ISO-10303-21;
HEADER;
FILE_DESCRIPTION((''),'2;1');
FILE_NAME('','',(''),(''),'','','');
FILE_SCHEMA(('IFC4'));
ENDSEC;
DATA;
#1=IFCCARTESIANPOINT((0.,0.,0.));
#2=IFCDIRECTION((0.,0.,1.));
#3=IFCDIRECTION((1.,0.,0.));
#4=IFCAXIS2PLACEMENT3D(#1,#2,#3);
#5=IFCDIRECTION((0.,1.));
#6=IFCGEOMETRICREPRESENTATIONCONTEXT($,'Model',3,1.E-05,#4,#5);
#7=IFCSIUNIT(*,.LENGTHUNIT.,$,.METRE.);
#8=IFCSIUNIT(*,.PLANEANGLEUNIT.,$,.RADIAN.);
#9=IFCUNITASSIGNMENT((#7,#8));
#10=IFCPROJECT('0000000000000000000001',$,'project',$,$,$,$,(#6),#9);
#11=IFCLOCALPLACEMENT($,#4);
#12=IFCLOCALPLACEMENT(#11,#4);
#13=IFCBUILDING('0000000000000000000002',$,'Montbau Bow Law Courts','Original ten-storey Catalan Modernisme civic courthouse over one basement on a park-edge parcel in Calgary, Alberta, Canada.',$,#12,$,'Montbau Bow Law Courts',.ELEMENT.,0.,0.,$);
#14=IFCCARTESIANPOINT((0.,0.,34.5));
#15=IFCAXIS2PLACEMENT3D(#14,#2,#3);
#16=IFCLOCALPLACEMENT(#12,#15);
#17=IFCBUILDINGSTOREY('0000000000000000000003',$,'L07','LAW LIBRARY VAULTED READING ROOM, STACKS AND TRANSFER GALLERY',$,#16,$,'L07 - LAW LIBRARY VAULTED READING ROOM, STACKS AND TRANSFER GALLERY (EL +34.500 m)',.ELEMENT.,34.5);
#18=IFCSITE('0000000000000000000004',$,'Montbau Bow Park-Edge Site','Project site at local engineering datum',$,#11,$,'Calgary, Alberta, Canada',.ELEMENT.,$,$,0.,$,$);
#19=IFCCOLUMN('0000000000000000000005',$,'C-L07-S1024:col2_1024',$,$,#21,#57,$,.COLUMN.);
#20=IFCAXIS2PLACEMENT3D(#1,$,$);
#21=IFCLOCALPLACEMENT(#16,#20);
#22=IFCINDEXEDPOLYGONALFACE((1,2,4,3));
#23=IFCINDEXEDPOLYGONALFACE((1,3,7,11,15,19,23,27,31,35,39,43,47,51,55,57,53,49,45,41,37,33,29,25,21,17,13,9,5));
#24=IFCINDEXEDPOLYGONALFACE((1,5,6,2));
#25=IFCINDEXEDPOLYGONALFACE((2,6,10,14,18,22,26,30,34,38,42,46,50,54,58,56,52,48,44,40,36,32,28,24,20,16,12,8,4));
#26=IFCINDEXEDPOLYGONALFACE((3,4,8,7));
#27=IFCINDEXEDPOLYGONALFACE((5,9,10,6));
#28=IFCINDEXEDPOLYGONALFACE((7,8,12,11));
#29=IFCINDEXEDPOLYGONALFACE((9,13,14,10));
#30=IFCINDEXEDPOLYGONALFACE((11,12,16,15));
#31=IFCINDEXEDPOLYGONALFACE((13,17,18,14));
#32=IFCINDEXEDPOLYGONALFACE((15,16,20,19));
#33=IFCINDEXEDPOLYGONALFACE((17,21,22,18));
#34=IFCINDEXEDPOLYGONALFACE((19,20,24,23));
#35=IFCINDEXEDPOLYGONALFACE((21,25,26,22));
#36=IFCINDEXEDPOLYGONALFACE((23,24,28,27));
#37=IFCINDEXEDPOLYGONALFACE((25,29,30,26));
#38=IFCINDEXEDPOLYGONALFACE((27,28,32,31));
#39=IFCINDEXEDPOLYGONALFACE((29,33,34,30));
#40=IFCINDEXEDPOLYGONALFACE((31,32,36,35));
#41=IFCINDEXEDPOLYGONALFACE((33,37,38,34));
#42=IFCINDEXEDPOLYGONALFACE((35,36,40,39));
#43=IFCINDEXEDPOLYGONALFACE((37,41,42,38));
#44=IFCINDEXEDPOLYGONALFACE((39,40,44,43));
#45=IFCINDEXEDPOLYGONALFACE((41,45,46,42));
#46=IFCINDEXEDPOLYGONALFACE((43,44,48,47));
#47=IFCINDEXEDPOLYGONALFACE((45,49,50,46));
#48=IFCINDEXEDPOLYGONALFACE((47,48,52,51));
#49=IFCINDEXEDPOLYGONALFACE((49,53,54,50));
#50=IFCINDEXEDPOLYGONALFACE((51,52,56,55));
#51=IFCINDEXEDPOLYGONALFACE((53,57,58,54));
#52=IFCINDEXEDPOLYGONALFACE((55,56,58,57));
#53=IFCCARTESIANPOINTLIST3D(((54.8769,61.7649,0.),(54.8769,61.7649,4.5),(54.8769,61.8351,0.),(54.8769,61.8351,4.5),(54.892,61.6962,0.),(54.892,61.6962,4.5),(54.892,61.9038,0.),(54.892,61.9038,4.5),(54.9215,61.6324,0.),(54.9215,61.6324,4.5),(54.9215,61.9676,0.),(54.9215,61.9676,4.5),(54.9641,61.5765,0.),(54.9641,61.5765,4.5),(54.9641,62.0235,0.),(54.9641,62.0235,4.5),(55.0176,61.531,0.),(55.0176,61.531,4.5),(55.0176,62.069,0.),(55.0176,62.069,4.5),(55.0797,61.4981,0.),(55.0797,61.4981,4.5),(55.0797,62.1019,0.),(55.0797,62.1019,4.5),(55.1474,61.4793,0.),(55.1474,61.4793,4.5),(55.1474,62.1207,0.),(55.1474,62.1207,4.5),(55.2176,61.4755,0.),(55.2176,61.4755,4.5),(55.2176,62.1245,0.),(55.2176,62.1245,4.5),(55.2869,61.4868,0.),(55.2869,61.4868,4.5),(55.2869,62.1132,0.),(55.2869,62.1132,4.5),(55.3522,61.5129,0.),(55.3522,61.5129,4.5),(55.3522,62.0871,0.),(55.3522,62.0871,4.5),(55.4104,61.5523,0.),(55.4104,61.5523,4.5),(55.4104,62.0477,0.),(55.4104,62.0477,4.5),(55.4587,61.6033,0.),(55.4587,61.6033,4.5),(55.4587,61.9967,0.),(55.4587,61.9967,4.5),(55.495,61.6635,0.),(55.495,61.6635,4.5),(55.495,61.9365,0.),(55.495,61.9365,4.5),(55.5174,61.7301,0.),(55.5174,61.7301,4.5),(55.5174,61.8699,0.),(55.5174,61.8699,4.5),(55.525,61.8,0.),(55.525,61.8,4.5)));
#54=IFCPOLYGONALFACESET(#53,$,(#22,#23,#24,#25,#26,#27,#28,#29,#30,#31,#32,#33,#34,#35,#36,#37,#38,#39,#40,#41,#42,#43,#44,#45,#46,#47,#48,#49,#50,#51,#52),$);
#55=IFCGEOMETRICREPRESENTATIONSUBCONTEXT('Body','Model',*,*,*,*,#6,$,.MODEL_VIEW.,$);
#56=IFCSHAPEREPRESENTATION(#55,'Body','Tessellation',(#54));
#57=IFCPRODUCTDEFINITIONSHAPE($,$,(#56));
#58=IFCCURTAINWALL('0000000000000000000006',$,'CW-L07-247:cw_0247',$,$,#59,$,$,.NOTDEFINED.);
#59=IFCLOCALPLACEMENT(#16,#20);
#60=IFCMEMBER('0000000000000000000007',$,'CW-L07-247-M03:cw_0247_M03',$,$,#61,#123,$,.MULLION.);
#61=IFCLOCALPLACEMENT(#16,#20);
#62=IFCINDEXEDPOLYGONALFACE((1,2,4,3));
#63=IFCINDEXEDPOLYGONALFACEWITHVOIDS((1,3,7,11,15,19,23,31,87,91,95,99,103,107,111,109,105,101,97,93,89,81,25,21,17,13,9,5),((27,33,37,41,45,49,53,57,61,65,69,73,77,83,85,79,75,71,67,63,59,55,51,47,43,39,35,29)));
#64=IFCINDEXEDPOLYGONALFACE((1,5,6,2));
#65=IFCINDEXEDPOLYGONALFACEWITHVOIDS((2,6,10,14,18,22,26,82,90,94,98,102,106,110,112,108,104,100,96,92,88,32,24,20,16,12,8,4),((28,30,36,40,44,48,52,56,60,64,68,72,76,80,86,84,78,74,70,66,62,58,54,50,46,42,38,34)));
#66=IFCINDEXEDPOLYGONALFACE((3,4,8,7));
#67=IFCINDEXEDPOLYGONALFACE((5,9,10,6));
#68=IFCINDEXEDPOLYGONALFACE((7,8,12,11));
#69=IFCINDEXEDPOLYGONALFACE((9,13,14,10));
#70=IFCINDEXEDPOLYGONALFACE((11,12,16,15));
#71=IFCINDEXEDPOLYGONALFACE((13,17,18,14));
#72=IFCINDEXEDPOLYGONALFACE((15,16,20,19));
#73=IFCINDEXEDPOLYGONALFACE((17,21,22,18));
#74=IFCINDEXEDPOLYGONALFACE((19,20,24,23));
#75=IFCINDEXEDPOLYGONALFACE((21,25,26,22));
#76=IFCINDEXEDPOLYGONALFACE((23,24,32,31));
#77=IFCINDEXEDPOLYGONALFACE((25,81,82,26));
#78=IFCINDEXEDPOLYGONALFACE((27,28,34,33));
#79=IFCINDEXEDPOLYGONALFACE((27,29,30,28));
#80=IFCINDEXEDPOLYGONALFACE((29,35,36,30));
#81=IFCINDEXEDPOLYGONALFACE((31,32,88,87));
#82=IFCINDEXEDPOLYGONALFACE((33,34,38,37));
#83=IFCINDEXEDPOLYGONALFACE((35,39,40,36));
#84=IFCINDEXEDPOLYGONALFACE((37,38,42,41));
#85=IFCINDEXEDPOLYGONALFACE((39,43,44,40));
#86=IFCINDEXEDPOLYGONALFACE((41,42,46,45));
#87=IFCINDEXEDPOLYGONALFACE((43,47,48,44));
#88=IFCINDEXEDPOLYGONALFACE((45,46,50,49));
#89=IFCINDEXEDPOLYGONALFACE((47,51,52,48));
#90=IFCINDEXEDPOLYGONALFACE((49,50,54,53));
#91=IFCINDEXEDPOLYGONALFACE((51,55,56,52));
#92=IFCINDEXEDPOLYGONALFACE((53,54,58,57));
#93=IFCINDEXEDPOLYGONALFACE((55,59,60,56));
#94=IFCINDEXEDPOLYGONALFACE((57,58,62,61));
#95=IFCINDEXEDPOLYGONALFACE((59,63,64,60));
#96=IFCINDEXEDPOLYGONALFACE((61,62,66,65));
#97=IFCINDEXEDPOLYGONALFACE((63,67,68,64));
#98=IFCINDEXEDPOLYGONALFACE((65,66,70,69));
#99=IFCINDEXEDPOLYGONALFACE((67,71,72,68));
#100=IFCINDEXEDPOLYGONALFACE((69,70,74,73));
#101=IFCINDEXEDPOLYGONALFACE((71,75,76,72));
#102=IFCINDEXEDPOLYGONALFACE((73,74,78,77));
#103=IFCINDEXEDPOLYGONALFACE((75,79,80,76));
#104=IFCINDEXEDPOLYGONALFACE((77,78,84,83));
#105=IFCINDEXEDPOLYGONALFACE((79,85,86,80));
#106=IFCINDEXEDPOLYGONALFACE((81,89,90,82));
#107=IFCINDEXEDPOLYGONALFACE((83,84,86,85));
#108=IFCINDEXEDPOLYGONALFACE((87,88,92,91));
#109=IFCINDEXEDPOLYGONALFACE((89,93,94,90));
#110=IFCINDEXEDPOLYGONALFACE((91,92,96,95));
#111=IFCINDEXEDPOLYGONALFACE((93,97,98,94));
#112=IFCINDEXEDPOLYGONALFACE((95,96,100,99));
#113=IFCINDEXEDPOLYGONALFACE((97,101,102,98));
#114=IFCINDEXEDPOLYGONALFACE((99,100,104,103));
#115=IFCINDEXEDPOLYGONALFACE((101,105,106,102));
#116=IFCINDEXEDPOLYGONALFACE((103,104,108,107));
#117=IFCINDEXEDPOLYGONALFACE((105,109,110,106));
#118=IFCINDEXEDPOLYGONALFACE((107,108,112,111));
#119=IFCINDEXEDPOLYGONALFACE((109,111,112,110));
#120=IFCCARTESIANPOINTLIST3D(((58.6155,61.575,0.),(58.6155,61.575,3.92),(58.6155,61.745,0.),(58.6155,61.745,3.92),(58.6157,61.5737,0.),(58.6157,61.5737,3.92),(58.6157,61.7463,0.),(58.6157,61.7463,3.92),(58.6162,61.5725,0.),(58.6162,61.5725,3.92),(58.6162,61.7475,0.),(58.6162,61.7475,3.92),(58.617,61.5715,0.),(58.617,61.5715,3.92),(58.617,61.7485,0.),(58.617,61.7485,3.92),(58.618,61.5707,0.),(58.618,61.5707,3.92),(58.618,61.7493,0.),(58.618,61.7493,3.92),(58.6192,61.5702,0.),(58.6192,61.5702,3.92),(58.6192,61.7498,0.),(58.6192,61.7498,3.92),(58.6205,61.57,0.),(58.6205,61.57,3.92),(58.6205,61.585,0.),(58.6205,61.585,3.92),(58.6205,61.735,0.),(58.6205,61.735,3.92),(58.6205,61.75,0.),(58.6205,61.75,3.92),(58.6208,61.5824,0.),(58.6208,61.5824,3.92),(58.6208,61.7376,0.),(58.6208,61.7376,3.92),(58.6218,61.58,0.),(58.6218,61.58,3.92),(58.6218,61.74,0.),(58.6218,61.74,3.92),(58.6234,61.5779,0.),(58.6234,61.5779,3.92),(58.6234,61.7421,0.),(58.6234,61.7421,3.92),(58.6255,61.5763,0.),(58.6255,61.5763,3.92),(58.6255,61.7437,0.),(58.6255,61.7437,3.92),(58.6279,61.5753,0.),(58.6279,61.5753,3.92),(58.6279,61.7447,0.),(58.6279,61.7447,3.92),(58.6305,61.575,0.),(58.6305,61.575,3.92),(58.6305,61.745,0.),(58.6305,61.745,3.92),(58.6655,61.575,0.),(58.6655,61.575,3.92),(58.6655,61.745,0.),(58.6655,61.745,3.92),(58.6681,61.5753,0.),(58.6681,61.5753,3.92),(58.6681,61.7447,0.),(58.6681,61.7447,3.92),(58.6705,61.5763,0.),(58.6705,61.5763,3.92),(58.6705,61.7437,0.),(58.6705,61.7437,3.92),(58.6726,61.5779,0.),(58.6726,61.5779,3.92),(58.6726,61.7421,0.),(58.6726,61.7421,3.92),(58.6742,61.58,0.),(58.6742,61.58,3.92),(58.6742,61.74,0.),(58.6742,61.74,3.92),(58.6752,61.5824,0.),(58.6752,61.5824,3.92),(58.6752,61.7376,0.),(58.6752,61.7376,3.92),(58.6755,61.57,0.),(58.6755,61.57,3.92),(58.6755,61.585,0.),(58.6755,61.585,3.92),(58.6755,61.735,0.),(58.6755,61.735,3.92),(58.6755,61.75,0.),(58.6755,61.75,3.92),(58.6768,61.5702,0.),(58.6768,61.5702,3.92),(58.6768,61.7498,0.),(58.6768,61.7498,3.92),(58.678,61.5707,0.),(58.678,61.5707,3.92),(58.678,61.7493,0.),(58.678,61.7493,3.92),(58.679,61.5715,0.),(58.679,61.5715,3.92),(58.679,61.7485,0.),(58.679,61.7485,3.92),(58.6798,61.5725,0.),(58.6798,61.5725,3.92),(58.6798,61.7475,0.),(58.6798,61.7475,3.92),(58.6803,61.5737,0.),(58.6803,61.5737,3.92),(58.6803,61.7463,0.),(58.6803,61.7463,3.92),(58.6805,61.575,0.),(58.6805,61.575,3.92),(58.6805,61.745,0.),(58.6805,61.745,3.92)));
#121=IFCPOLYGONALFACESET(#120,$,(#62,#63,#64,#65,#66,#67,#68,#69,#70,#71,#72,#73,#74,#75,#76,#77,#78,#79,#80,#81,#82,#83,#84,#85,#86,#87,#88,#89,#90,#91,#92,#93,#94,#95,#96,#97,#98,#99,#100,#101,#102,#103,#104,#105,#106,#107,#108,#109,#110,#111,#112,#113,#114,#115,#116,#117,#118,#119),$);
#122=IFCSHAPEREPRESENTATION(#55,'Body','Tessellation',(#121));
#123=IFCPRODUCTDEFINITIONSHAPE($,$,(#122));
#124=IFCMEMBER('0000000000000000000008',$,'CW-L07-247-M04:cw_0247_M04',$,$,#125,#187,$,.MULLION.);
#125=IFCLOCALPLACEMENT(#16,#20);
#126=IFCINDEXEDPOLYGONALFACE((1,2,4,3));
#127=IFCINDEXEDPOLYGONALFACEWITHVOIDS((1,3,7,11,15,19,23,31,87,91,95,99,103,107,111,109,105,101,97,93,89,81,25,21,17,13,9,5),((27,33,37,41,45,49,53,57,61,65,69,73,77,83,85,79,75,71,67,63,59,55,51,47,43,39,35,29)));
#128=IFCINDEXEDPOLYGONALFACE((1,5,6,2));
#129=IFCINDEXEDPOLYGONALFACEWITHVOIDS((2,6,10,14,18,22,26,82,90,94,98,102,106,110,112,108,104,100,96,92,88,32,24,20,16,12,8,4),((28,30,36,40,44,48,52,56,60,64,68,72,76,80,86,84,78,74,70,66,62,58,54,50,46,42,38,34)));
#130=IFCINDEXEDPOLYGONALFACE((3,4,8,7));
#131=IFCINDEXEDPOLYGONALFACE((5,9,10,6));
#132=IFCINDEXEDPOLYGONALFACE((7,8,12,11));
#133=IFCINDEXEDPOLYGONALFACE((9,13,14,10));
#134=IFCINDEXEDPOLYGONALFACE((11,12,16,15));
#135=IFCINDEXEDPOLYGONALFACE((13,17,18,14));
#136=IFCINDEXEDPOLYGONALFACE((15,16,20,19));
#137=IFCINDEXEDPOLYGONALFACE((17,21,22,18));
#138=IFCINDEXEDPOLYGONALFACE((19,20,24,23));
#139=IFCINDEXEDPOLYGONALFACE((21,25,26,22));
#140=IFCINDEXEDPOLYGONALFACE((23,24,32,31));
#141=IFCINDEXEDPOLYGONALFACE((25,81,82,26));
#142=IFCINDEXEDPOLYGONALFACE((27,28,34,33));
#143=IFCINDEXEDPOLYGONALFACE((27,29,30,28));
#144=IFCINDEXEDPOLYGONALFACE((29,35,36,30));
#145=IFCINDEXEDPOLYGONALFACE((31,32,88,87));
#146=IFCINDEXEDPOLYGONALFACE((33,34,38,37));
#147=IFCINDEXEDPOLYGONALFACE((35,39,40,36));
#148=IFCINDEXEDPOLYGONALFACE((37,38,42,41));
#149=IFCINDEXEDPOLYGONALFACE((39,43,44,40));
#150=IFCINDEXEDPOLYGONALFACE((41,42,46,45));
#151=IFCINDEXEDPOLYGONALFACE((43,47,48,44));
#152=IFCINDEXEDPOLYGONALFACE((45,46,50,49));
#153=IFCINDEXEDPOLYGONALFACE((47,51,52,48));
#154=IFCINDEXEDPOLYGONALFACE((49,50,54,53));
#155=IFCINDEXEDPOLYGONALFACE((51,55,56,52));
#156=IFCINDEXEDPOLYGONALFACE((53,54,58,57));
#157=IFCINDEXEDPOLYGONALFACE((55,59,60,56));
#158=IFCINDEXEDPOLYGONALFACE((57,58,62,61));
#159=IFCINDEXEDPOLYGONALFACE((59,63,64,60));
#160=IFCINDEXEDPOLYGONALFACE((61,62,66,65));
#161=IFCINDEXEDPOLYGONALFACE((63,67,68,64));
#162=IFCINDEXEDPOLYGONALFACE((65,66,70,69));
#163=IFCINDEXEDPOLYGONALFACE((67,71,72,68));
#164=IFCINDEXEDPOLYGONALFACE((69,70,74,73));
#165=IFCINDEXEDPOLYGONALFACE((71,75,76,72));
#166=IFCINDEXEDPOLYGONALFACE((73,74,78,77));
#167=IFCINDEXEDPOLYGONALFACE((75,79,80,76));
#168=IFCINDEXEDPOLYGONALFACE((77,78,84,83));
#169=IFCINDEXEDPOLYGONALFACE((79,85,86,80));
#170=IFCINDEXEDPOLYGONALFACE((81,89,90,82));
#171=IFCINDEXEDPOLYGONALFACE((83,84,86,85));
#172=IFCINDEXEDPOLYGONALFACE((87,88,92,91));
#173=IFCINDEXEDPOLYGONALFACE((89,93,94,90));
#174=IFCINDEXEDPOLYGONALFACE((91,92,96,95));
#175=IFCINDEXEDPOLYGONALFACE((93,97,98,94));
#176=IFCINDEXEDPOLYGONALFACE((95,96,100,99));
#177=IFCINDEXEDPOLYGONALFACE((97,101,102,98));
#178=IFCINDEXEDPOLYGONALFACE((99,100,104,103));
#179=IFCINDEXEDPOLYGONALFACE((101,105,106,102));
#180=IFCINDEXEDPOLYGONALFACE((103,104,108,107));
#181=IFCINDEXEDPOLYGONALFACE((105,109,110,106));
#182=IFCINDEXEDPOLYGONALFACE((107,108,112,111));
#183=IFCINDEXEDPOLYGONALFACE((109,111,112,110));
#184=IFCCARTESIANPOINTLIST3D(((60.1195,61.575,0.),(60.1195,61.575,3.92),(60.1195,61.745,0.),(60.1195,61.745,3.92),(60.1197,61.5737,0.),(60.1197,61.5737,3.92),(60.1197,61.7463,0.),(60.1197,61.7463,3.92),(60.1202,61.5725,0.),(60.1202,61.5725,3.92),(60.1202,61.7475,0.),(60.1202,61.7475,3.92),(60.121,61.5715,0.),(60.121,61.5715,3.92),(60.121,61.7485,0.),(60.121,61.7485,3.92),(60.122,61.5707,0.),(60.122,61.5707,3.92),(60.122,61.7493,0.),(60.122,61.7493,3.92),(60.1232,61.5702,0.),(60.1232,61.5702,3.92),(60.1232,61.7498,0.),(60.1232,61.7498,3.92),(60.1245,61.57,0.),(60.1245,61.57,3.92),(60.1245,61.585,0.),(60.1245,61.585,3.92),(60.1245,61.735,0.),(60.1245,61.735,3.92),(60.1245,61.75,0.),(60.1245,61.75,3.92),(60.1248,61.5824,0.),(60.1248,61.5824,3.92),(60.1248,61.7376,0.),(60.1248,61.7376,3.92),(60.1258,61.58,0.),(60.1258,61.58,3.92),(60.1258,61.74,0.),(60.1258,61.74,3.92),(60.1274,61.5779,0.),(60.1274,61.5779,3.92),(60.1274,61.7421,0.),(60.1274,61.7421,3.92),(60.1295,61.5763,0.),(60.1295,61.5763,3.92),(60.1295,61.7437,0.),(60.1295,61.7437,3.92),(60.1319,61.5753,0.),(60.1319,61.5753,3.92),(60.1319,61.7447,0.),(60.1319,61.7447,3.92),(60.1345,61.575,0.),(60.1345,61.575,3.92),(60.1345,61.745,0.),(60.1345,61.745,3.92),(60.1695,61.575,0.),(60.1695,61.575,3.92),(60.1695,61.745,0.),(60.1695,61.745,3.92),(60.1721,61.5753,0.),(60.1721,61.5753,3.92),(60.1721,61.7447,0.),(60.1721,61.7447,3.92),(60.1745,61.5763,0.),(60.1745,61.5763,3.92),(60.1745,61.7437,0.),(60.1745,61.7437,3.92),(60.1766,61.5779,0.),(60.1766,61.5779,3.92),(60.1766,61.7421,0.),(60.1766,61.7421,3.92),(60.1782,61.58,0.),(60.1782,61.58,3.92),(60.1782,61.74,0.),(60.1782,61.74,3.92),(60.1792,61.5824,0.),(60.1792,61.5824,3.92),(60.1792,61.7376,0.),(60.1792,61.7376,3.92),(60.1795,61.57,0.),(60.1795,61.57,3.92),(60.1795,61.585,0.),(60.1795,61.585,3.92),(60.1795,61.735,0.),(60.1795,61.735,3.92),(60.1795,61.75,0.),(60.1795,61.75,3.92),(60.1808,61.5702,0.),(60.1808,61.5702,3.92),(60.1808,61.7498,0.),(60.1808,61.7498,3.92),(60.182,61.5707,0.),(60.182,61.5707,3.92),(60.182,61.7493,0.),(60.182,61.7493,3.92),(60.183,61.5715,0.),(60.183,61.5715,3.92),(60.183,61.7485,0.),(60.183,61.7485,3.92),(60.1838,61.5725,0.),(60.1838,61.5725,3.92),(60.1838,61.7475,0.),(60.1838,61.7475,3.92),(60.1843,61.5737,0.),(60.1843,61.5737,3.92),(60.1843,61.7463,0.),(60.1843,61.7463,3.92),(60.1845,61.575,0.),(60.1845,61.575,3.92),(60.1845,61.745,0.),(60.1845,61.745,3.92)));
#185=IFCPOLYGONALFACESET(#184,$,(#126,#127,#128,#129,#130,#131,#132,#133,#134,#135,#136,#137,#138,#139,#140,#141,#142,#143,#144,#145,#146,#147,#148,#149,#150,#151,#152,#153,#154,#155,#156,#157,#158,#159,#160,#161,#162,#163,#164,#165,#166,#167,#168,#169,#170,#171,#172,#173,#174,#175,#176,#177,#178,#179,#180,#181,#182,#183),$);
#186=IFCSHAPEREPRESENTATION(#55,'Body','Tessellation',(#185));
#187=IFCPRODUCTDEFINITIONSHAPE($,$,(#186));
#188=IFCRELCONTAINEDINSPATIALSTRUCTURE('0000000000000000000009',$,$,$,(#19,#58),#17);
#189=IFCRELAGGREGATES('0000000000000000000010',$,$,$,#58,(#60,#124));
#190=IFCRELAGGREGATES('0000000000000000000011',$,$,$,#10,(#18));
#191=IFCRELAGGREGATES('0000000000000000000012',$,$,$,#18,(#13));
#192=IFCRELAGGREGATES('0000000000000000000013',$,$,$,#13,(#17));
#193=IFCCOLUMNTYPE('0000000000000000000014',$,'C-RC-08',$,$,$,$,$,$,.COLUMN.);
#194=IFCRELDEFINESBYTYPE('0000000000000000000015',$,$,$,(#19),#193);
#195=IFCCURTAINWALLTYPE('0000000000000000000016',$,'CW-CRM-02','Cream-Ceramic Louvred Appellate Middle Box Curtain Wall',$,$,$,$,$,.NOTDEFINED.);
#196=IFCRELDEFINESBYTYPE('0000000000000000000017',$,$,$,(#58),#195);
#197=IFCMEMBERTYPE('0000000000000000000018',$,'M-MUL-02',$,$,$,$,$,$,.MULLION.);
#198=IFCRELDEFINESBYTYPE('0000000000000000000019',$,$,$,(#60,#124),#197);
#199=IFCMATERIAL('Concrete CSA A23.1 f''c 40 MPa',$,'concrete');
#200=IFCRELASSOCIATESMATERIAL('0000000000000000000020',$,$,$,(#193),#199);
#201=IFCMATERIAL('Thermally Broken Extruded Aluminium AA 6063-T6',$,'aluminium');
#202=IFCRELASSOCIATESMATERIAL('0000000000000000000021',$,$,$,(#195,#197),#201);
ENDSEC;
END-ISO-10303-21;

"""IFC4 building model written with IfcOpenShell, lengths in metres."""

from ifc_helpers import new_model, si_unit, direction, frame, origin_with_axes, origin_2d_with_axis, place, context, subcontext, project, spatial, hollow_rectangle, circle, extrude, material, material_profile, profile_set, type_object, element, aggregate, save


model = new_model("IFC4")

# Units and contexts
model_context = context("Model", 3, precision=1e-05, world=origin_with_axes(), true_north=direction((0.0, 1.0)))
body_context = subcontext(model_context, "Body", "Model", "MODEL_VIEW")
ifc_project = project(units=[si_unit("LENGTHUNIT", "METRE"), si_unit("PLANEANGLEUNIT", "RADIAN")], contexts=[model_context])

# Site, building, storey
site_placement = place(None, origin_with_axes())
site = spatial("IfcSite", under=ifc_project, at=site_placement, Name="Montbau Bow Park-Edge Site", Description="Project site at local engineering datum", LongName="Calgary, Alberta, Canada", CompositionType="ELEMENT", RefElevation=0.0)
building_placement = place(site_placement, origin_with_axes())
building = spatial("IfcBuilding", under=site, at=building_placement, Name="Montbau Bow Law Courts", Description="Original ten-storey Catalan Modernisme civic courthouse over one basement on a park-edge parcel in Calgary, Alberta, Canada.", LongName="Montbau Bow Law Courts", CompositionType="ELEMENT", ElevationOfRefHeight=0.0, ElevationOfTerrain=0.0)
storey_placement = place(building_placement, frame((0.0, 0.0, 34.5), z_axis=(0.0, 0.0, 1.0), x_axis=(1.0, 0.0, 0.0)))
storey = spatial("IfcBuildingStorey", under=building, at=storey_placement, Name="L07", Description="LAW LIBRARY VAULTED READING ROOM, STACKS AND TRANSFER GALLERY", LongName="L07 - LAW LIBRARY VAULTED READING ROOM, STACKS AND TRANSFER GALLERY (EL +34.500 m)", CompositionType="ELEMENT", Elevation=34.5)

# Column
ifc_material_1 = material(Name="Concrete CSA A23.1 f'c 40 MPa", Category="concrete")
ifc_material_profile_1 = material_profile(ifc_material_1, circle(Radius=0.325, at=origin_2d_with_axis()), Name="RC650D", Category="Main", Priority=0)
ifc_profile_set_1 = profile_set([ifc_material_profile_1], Name="Concrete CSA A23.1 f'c 40 MPa")
column_type = type_object("IfcColumnType", Name="C-RC-08", PredefinedType="COLUMN", material=ifc_profile_set_1)
column_placement = place(None, frame((55.2, 61.8, 34.5), z_axis=(0.0, 0.0, 1.0), x_axis=(1.0, 0.0, 0.0)))
element("IfcColumn", 1, at=column_placement, inside=storey, type_object=column_type, Name="C-L07-S1024:col2_1024", PredefinedType="COLUMN", context=body_context, shape_type="SweptSolid", body=[
    extrude(circle(Radius=0.325, at=origin_2d_with_axis()), origin_with_axes(), (0.0, 0.0, 1.0), 4.5),
])

# Curtain wall, members
ifc_material_2 = material(Name="Thermally Broken Extruded Aluminium AA 6063-T6", Category="aluminium")
curtain_wall_type = type_object("IfcCurtainWallType", Name="CW-CRM-02", Description="Cream-Ceramic Louvred Appellate Middle Box Curtain Wall", PredefinedType="NOTDEFINED", material=ifc_material_2)
curtain_wall_placement = place(None, frame((55.64, 61.66, 34.5), z_axis=(0.0, 0.0, 1.0), x_axis=(1.0, 0.0, 0.0)))
curtain_wall = element("IfcCurtainWall", 2, at=curtain_wall_placement, inside=storey, type_object=curtain_wall_type, Name="CW-L07-247:cw_0247", PredefinedType="NOTDEFINED")
ifc_material_profile_2 = material_profile(ifc_material_2, hollow_rectangle(XDim=0.065, YDim=0.18, WallThickness=0.005, InnerFilletRadius=0.01, OuterFilletRadius=0.005, at=origin_2d_with_axis()), Name="CWM-180X65", Category="Main", Priority=0)
ifc_profile_set_2 = profile_set([ifc_material_profile_2], Name="Thermally Broken Extruded Aluminium AA 6063-T6")
member_type_1 = type_object("IfcMemberType", Name="M-MUL-02", PredefinedType="MULLION", material=ifc_profile_set_2)
member_1_placement = place(None, frame((58.648, 61.66, 34.5), z_axis=(0.0, 0.0, 1.0), x_axis=(1.0, 0.0, 0.0)))
member_1 = element("IfcMember", 3, at=member_1_placement, type_object=member_type_1, Name="CW-L07-247-M03:cw_0247_M03", PredefinedType="MULLION", context=body_context, shape_type="SweptSolid", body=[
    extrude(hollow_rectangle(XDim=0.065, YDim=0.18, WallThickness=0.005, InnerFilletRadius=0.01, OuterFilletRadius=0.005, at=origin_2d_with_axis()), origin_with_axes(), (0.0, 0.0, 1.0), 3.92),
])
member_2_placement = place(None, frame((60.152, 61.66, 34.5), z_axis=(0.0, 0.0, 1.0), x_axis=(1.0, 0.0, 0.0)))
member_2 = element("IfcMember", 4, at=member_2_placement, type_object=member_type_1, Name="CW-L07-247-M04:cw_0247_M04", PredefinedType="MULLION", context=body_context, shape_type="SweptSolid", body=[
    extrude(hollow_rectangle(XDim=0.065, YDim=0.18, WallThickness=0.005, InnerFilletRadius=0.01, OuterFilletRadius=0.005, at=origin_2d_with_axis()), origin_with_axes(), (0.0, 0.0, 1.0), 3.92),
])
aggregate(curtain_wall, [member_1, member_2])

save(model, "model.ifc")
